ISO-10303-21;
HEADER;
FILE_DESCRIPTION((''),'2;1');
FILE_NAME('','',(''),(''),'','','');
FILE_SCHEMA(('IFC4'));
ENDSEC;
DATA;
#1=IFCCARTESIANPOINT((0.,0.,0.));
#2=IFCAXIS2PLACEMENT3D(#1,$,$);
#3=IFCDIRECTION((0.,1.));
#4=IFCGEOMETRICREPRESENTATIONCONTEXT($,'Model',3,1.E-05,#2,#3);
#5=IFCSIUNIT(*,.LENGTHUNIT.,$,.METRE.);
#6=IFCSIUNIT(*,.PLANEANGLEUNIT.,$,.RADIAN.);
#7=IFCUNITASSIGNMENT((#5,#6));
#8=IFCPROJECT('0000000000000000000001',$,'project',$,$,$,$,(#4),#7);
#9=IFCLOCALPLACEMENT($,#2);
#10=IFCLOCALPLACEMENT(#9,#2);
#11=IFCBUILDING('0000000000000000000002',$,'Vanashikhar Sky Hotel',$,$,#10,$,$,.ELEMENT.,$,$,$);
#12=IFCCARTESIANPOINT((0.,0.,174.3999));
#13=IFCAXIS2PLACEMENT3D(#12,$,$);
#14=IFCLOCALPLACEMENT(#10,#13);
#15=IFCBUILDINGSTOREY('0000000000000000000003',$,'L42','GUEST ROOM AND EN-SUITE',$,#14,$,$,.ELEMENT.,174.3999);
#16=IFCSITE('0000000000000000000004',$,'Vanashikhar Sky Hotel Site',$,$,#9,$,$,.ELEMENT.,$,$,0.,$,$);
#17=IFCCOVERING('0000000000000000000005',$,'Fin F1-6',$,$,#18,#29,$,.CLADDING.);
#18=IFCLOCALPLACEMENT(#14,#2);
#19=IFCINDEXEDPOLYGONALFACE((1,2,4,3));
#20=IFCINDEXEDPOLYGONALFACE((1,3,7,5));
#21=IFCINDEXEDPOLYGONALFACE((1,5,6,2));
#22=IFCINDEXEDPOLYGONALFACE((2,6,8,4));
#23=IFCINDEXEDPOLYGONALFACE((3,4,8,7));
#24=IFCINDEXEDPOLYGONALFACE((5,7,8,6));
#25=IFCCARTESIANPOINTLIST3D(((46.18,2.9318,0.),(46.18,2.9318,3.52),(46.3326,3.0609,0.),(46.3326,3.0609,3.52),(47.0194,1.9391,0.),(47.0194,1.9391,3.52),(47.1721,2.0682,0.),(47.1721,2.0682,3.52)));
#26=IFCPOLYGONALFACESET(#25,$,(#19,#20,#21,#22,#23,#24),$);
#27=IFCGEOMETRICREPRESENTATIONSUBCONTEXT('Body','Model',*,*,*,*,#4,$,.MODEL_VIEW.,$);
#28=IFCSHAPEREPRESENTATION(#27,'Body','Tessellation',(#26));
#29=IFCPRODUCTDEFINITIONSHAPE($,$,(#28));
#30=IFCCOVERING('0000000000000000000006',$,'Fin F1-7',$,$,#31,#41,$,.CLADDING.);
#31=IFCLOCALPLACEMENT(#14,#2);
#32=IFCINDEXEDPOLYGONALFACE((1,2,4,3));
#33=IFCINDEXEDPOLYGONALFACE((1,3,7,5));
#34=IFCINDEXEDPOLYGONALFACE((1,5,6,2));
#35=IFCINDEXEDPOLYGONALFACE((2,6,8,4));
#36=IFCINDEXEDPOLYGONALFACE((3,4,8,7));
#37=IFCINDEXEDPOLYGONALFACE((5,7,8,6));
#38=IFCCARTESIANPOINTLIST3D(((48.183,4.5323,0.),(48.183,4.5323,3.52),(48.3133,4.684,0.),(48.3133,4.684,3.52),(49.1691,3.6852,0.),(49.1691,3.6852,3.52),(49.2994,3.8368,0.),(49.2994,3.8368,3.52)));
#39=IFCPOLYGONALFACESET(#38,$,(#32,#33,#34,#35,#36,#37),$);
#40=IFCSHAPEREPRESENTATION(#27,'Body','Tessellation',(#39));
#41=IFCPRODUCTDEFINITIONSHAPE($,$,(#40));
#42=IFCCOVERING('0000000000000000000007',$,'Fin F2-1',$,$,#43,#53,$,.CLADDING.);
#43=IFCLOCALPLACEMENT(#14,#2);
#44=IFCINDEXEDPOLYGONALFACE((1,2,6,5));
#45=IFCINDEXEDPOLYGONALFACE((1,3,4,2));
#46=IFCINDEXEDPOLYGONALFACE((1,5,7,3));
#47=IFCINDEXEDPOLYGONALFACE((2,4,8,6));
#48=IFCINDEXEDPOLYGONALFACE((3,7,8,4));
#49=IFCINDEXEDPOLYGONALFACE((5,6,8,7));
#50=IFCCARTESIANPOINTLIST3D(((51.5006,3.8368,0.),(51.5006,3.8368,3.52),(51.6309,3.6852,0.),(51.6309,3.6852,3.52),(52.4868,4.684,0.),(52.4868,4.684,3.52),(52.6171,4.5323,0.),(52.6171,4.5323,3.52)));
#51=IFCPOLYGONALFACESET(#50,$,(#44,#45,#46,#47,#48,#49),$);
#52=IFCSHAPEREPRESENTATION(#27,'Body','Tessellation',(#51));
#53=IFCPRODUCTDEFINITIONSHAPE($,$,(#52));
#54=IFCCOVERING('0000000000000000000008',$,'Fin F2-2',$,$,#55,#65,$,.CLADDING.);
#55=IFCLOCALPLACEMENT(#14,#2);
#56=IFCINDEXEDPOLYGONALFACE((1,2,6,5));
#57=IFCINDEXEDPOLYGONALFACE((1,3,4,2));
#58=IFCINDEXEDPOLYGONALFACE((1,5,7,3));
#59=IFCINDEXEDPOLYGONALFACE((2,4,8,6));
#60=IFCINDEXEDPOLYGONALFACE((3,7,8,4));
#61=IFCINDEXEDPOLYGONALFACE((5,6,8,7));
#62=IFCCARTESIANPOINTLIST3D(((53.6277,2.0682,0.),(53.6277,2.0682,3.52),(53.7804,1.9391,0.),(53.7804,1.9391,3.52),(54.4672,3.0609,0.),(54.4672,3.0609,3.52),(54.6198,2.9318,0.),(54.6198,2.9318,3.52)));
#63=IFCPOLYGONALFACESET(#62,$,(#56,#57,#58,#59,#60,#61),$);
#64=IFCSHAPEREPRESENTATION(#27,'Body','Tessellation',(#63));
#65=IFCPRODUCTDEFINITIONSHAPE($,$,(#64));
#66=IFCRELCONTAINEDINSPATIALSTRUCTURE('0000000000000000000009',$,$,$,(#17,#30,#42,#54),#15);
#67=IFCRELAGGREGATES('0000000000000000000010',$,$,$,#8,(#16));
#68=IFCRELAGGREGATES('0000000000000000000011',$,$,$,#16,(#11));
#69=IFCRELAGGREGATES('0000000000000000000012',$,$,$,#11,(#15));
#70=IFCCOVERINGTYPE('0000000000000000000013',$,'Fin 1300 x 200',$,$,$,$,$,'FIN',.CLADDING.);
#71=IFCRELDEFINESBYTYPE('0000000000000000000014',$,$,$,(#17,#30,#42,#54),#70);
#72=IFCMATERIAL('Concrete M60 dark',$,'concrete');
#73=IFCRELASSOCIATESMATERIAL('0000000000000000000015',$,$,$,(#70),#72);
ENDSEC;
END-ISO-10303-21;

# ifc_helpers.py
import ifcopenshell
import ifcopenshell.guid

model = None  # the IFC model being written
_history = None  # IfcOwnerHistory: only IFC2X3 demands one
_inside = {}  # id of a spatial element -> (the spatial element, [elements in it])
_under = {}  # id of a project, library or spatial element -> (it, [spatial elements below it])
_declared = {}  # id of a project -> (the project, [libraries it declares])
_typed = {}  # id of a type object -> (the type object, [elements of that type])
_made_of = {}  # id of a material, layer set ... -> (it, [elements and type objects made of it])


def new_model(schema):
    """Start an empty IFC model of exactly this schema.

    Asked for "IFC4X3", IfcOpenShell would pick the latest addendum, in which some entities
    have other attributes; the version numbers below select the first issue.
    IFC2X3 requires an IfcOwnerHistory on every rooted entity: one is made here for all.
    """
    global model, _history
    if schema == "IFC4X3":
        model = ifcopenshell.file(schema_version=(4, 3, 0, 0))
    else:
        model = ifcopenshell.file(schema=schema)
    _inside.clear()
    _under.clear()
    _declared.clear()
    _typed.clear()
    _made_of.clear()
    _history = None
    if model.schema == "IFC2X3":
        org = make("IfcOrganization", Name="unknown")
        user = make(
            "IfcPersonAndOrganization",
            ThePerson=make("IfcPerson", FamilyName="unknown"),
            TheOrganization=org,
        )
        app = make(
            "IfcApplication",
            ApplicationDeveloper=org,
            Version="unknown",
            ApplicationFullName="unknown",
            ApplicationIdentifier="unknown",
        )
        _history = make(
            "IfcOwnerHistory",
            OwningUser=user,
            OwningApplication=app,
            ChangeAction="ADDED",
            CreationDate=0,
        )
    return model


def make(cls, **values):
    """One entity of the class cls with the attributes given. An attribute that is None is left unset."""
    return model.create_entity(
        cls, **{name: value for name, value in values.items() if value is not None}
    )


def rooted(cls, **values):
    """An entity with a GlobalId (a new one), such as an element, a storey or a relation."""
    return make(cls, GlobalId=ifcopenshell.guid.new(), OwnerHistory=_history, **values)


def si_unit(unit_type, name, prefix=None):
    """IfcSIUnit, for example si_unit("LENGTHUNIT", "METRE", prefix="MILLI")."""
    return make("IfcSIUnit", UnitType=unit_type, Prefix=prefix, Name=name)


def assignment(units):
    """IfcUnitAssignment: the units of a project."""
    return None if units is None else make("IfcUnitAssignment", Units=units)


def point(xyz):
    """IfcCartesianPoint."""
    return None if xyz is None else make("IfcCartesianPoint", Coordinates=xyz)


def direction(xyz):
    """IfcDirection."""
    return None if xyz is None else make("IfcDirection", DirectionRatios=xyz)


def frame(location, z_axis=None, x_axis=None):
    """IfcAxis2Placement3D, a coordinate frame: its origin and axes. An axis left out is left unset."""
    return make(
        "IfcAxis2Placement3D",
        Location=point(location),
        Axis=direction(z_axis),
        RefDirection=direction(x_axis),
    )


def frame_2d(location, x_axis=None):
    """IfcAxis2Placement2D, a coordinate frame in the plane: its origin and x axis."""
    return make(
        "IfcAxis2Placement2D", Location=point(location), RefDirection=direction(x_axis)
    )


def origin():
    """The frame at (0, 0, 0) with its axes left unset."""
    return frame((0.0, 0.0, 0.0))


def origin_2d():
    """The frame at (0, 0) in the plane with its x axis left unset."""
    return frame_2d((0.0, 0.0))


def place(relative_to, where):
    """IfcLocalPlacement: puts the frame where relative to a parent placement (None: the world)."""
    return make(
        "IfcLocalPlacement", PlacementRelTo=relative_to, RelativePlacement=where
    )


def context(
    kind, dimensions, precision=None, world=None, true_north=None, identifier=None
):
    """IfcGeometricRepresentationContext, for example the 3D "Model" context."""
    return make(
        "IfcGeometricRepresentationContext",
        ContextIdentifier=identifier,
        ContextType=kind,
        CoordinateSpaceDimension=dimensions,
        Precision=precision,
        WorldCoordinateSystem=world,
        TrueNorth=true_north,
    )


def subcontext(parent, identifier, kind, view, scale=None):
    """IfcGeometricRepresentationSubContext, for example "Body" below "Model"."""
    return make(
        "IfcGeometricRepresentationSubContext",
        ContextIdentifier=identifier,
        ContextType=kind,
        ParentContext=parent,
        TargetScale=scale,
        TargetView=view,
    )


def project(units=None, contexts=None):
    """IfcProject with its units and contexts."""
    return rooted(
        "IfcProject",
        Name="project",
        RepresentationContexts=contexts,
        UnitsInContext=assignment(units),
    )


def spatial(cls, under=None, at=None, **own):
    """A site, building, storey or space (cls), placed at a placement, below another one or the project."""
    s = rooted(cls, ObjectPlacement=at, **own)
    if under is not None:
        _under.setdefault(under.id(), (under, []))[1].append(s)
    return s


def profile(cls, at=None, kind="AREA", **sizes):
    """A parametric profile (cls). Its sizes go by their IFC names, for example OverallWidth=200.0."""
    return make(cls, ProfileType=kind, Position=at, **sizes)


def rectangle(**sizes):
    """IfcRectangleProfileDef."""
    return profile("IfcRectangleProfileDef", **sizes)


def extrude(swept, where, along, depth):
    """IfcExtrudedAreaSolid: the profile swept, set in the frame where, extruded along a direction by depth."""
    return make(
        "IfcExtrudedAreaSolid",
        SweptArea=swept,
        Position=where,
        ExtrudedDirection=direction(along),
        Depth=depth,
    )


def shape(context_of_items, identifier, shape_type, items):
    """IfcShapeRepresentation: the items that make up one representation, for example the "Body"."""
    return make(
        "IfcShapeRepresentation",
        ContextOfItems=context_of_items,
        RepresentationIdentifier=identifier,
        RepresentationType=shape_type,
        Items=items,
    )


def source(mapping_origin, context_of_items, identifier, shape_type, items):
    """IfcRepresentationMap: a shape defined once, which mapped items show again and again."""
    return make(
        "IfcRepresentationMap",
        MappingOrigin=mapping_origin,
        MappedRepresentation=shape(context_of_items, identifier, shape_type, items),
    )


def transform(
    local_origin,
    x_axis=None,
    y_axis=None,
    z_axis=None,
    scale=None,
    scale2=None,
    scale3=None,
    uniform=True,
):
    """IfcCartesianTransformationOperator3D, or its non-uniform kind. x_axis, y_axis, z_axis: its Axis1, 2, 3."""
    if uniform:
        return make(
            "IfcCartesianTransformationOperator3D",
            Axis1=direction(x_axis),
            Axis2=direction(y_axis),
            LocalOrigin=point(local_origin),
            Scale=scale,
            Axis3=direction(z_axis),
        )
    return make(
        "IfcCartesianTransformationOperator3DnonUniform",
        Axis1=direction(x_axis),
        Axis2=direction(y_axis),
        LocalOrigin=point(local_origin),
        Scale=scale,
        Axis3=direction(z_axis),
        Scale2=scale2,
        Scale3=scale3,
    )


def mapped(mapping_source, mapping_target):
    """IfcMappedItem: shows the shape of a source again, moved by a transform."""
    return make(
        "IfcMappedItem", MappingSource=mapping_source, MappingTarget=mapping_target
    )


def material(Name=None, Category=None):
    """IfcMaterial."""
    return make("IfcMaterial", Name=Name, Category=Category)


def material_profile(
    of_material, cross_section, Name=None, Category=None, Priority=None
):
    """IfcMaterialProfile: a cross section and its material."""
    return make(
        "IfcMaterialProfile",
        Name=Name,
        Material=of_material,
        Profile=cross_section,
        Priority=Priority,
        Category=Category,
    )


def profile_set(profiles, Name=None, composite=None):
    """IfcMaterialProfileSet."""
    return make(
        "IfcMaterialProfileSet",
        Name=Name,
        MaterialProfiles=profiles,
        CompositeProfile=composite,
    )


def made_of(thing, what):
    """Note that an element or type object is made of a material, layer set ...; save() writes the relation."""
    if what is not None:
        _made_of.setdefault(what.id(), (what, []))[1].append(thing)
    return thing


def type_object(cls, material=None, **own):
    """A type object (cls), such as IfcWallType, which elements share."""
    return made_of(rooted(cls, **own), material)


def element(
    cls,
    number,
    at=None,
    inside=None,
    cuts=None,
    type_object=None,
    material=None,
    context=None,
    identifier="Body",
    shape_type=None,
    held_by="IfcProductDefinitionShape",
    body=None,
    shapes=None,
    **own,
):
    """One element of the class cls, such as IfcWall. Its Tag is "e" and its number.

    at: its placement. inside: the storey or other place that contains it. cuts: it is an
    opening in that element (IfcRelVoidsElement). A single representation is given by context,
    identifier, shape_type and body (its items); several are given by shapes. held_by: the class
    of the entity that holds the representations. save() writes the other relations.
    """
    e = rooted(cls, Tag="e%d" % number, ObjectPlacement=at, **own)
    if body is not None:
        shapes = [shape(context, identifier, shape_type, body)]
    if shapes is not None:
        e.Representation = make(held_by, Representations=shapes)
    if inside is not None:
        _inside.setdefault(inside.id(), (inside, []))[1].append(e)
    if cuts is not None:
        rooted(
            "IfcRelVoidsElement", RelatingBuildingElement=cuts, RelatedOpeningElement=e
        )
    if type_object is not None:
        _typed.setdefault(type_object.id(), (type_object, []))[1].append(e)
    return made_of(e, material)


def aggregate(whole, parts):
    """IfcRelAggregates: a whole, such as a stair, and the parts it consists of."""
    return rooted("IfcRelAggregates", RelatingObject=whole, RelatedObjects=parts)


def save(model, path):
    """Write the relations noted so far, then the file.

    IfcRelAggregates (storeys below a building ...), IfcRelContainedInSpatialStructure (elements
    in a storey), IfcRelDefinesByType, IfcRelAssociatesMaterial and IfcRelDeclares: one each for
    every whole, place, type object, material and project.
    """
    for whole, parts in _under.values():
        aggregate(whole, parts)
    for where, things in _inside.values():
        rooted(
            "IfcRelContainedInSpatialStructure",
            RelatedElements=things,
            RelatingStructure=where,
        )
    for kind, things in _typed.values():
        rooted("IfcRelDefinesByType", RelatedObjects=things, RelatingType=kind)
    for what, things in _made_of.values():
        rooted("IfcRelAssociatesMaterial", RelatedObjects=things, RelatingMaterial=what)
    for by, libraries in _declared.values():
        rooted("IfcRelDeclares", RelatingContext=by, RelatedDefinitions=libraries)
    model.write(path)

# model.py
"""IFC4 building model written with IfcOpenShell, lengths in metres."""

from ifc_helpers import new_model, si_unit, direction, frame, origin, origin_2d, place, context, subcontext, project, spatial, rectangle, extrude, source, transform, mapped, material, material_profile, profile_set, type_object, element, save


model = new_model("IFC4")

# Units and contexts
model_context = context("Model", 3, precision=1e-05, world=origin(), true_north=direction((0.0, 1.0)))
body_context = subcontext(model_context, "Body", "Model", "MODEL_VIEW")
ifc_project = project(units=[si_unit("LENGTHUNIT", "METRE"), si_unit("PLANEANGLEUNIT", "RADIAN")], contexts=[model_context])

# Site, building, storey
site_placement = place(None, origin())
site = spatial("IfcSite", under=ifc_project, at=site_placement, Name="Vanashikhar Sky Hotel Site", CompositionType="ELEMENT", RefElevation=0.0)
building_placement = place(site_placement, origin())
building = spatial("IfcBuilding", under=site, at=building_placement, Name="Vanashikhar Sky Hotel", CompositionType="ELEMENT")
storey_placement = place(building_placement, frame((0.0, 0.0, 174.3999)))
storey = spatial("IfcBuildingStorey", under=building, at=storey_placement, Name="L42", Description="GUEST ROOM AND EN-SUITE", CompositionType="ELEMENT", Elevation=174.3999)

# Coverings
ifc_material_1 = material(Name="Concrete M60 dark", Category="concrete")
ifc_material_profile = material_profile(ifc_material_1, rectangle(XDim=1.3, YDim=0.2, at=origin_2d()))
ifc_profile_set = profile_set([ifc_material_profile], Name="Fin 1300 x 200")
covering_type = type_object("IfcCoveringType", Name="Fin 1300 x 200", ElementType="FIN", PredefinedType="CLADDING", material=ifc_profile_set)
shared_shape_1 = source(origin(), body_context, "Body", "SweptSolid", [
    extrude(rectangle(XDim=1.3, YDim=0.2, at=origin_2d()), origin(), (0.0, 0.0, 1.0), 3.52),
])
for number, where, z_axis, x_axis, name in (
    (1, (46.676, 2.5, 0.0), (0.0, 0.0, 1.0), (0.645698, -0.763593, 0.0), "Fin F1-6"),
    (2, (48.7412, 4.1846, 0.0), (0.0, 0.0, 1.0), (0.758544, -0.651622, 0.0), "Fin F1-7"),
    (3, (52.0588, 4.1846, 0.0), (0.0, 0.0, 1.0), (-0.758544, -0.651622, 0.0), "Fin F2-1"),
    (4, (54.1238, 2.5, 0.0), (0.0, 0.0, 1.0), (-0.645698, -0.763593, 0.0), "Fin F2-2"),
):
    element("IfcCovering", number, at=place(storey_placement, frame(where, z_axis=z_axis, x_axis=x_axis)), inside=storey, type_object=covering_type, Name=name, PredefinedType="CLADDING", context=body_context, shape_type="MappedRepresentation", body=[
        mapped(shared_shape_1, transform((0.0, 0.0, 0.0), scale=1.0)),
    ])

save(model, "model.ifc")
